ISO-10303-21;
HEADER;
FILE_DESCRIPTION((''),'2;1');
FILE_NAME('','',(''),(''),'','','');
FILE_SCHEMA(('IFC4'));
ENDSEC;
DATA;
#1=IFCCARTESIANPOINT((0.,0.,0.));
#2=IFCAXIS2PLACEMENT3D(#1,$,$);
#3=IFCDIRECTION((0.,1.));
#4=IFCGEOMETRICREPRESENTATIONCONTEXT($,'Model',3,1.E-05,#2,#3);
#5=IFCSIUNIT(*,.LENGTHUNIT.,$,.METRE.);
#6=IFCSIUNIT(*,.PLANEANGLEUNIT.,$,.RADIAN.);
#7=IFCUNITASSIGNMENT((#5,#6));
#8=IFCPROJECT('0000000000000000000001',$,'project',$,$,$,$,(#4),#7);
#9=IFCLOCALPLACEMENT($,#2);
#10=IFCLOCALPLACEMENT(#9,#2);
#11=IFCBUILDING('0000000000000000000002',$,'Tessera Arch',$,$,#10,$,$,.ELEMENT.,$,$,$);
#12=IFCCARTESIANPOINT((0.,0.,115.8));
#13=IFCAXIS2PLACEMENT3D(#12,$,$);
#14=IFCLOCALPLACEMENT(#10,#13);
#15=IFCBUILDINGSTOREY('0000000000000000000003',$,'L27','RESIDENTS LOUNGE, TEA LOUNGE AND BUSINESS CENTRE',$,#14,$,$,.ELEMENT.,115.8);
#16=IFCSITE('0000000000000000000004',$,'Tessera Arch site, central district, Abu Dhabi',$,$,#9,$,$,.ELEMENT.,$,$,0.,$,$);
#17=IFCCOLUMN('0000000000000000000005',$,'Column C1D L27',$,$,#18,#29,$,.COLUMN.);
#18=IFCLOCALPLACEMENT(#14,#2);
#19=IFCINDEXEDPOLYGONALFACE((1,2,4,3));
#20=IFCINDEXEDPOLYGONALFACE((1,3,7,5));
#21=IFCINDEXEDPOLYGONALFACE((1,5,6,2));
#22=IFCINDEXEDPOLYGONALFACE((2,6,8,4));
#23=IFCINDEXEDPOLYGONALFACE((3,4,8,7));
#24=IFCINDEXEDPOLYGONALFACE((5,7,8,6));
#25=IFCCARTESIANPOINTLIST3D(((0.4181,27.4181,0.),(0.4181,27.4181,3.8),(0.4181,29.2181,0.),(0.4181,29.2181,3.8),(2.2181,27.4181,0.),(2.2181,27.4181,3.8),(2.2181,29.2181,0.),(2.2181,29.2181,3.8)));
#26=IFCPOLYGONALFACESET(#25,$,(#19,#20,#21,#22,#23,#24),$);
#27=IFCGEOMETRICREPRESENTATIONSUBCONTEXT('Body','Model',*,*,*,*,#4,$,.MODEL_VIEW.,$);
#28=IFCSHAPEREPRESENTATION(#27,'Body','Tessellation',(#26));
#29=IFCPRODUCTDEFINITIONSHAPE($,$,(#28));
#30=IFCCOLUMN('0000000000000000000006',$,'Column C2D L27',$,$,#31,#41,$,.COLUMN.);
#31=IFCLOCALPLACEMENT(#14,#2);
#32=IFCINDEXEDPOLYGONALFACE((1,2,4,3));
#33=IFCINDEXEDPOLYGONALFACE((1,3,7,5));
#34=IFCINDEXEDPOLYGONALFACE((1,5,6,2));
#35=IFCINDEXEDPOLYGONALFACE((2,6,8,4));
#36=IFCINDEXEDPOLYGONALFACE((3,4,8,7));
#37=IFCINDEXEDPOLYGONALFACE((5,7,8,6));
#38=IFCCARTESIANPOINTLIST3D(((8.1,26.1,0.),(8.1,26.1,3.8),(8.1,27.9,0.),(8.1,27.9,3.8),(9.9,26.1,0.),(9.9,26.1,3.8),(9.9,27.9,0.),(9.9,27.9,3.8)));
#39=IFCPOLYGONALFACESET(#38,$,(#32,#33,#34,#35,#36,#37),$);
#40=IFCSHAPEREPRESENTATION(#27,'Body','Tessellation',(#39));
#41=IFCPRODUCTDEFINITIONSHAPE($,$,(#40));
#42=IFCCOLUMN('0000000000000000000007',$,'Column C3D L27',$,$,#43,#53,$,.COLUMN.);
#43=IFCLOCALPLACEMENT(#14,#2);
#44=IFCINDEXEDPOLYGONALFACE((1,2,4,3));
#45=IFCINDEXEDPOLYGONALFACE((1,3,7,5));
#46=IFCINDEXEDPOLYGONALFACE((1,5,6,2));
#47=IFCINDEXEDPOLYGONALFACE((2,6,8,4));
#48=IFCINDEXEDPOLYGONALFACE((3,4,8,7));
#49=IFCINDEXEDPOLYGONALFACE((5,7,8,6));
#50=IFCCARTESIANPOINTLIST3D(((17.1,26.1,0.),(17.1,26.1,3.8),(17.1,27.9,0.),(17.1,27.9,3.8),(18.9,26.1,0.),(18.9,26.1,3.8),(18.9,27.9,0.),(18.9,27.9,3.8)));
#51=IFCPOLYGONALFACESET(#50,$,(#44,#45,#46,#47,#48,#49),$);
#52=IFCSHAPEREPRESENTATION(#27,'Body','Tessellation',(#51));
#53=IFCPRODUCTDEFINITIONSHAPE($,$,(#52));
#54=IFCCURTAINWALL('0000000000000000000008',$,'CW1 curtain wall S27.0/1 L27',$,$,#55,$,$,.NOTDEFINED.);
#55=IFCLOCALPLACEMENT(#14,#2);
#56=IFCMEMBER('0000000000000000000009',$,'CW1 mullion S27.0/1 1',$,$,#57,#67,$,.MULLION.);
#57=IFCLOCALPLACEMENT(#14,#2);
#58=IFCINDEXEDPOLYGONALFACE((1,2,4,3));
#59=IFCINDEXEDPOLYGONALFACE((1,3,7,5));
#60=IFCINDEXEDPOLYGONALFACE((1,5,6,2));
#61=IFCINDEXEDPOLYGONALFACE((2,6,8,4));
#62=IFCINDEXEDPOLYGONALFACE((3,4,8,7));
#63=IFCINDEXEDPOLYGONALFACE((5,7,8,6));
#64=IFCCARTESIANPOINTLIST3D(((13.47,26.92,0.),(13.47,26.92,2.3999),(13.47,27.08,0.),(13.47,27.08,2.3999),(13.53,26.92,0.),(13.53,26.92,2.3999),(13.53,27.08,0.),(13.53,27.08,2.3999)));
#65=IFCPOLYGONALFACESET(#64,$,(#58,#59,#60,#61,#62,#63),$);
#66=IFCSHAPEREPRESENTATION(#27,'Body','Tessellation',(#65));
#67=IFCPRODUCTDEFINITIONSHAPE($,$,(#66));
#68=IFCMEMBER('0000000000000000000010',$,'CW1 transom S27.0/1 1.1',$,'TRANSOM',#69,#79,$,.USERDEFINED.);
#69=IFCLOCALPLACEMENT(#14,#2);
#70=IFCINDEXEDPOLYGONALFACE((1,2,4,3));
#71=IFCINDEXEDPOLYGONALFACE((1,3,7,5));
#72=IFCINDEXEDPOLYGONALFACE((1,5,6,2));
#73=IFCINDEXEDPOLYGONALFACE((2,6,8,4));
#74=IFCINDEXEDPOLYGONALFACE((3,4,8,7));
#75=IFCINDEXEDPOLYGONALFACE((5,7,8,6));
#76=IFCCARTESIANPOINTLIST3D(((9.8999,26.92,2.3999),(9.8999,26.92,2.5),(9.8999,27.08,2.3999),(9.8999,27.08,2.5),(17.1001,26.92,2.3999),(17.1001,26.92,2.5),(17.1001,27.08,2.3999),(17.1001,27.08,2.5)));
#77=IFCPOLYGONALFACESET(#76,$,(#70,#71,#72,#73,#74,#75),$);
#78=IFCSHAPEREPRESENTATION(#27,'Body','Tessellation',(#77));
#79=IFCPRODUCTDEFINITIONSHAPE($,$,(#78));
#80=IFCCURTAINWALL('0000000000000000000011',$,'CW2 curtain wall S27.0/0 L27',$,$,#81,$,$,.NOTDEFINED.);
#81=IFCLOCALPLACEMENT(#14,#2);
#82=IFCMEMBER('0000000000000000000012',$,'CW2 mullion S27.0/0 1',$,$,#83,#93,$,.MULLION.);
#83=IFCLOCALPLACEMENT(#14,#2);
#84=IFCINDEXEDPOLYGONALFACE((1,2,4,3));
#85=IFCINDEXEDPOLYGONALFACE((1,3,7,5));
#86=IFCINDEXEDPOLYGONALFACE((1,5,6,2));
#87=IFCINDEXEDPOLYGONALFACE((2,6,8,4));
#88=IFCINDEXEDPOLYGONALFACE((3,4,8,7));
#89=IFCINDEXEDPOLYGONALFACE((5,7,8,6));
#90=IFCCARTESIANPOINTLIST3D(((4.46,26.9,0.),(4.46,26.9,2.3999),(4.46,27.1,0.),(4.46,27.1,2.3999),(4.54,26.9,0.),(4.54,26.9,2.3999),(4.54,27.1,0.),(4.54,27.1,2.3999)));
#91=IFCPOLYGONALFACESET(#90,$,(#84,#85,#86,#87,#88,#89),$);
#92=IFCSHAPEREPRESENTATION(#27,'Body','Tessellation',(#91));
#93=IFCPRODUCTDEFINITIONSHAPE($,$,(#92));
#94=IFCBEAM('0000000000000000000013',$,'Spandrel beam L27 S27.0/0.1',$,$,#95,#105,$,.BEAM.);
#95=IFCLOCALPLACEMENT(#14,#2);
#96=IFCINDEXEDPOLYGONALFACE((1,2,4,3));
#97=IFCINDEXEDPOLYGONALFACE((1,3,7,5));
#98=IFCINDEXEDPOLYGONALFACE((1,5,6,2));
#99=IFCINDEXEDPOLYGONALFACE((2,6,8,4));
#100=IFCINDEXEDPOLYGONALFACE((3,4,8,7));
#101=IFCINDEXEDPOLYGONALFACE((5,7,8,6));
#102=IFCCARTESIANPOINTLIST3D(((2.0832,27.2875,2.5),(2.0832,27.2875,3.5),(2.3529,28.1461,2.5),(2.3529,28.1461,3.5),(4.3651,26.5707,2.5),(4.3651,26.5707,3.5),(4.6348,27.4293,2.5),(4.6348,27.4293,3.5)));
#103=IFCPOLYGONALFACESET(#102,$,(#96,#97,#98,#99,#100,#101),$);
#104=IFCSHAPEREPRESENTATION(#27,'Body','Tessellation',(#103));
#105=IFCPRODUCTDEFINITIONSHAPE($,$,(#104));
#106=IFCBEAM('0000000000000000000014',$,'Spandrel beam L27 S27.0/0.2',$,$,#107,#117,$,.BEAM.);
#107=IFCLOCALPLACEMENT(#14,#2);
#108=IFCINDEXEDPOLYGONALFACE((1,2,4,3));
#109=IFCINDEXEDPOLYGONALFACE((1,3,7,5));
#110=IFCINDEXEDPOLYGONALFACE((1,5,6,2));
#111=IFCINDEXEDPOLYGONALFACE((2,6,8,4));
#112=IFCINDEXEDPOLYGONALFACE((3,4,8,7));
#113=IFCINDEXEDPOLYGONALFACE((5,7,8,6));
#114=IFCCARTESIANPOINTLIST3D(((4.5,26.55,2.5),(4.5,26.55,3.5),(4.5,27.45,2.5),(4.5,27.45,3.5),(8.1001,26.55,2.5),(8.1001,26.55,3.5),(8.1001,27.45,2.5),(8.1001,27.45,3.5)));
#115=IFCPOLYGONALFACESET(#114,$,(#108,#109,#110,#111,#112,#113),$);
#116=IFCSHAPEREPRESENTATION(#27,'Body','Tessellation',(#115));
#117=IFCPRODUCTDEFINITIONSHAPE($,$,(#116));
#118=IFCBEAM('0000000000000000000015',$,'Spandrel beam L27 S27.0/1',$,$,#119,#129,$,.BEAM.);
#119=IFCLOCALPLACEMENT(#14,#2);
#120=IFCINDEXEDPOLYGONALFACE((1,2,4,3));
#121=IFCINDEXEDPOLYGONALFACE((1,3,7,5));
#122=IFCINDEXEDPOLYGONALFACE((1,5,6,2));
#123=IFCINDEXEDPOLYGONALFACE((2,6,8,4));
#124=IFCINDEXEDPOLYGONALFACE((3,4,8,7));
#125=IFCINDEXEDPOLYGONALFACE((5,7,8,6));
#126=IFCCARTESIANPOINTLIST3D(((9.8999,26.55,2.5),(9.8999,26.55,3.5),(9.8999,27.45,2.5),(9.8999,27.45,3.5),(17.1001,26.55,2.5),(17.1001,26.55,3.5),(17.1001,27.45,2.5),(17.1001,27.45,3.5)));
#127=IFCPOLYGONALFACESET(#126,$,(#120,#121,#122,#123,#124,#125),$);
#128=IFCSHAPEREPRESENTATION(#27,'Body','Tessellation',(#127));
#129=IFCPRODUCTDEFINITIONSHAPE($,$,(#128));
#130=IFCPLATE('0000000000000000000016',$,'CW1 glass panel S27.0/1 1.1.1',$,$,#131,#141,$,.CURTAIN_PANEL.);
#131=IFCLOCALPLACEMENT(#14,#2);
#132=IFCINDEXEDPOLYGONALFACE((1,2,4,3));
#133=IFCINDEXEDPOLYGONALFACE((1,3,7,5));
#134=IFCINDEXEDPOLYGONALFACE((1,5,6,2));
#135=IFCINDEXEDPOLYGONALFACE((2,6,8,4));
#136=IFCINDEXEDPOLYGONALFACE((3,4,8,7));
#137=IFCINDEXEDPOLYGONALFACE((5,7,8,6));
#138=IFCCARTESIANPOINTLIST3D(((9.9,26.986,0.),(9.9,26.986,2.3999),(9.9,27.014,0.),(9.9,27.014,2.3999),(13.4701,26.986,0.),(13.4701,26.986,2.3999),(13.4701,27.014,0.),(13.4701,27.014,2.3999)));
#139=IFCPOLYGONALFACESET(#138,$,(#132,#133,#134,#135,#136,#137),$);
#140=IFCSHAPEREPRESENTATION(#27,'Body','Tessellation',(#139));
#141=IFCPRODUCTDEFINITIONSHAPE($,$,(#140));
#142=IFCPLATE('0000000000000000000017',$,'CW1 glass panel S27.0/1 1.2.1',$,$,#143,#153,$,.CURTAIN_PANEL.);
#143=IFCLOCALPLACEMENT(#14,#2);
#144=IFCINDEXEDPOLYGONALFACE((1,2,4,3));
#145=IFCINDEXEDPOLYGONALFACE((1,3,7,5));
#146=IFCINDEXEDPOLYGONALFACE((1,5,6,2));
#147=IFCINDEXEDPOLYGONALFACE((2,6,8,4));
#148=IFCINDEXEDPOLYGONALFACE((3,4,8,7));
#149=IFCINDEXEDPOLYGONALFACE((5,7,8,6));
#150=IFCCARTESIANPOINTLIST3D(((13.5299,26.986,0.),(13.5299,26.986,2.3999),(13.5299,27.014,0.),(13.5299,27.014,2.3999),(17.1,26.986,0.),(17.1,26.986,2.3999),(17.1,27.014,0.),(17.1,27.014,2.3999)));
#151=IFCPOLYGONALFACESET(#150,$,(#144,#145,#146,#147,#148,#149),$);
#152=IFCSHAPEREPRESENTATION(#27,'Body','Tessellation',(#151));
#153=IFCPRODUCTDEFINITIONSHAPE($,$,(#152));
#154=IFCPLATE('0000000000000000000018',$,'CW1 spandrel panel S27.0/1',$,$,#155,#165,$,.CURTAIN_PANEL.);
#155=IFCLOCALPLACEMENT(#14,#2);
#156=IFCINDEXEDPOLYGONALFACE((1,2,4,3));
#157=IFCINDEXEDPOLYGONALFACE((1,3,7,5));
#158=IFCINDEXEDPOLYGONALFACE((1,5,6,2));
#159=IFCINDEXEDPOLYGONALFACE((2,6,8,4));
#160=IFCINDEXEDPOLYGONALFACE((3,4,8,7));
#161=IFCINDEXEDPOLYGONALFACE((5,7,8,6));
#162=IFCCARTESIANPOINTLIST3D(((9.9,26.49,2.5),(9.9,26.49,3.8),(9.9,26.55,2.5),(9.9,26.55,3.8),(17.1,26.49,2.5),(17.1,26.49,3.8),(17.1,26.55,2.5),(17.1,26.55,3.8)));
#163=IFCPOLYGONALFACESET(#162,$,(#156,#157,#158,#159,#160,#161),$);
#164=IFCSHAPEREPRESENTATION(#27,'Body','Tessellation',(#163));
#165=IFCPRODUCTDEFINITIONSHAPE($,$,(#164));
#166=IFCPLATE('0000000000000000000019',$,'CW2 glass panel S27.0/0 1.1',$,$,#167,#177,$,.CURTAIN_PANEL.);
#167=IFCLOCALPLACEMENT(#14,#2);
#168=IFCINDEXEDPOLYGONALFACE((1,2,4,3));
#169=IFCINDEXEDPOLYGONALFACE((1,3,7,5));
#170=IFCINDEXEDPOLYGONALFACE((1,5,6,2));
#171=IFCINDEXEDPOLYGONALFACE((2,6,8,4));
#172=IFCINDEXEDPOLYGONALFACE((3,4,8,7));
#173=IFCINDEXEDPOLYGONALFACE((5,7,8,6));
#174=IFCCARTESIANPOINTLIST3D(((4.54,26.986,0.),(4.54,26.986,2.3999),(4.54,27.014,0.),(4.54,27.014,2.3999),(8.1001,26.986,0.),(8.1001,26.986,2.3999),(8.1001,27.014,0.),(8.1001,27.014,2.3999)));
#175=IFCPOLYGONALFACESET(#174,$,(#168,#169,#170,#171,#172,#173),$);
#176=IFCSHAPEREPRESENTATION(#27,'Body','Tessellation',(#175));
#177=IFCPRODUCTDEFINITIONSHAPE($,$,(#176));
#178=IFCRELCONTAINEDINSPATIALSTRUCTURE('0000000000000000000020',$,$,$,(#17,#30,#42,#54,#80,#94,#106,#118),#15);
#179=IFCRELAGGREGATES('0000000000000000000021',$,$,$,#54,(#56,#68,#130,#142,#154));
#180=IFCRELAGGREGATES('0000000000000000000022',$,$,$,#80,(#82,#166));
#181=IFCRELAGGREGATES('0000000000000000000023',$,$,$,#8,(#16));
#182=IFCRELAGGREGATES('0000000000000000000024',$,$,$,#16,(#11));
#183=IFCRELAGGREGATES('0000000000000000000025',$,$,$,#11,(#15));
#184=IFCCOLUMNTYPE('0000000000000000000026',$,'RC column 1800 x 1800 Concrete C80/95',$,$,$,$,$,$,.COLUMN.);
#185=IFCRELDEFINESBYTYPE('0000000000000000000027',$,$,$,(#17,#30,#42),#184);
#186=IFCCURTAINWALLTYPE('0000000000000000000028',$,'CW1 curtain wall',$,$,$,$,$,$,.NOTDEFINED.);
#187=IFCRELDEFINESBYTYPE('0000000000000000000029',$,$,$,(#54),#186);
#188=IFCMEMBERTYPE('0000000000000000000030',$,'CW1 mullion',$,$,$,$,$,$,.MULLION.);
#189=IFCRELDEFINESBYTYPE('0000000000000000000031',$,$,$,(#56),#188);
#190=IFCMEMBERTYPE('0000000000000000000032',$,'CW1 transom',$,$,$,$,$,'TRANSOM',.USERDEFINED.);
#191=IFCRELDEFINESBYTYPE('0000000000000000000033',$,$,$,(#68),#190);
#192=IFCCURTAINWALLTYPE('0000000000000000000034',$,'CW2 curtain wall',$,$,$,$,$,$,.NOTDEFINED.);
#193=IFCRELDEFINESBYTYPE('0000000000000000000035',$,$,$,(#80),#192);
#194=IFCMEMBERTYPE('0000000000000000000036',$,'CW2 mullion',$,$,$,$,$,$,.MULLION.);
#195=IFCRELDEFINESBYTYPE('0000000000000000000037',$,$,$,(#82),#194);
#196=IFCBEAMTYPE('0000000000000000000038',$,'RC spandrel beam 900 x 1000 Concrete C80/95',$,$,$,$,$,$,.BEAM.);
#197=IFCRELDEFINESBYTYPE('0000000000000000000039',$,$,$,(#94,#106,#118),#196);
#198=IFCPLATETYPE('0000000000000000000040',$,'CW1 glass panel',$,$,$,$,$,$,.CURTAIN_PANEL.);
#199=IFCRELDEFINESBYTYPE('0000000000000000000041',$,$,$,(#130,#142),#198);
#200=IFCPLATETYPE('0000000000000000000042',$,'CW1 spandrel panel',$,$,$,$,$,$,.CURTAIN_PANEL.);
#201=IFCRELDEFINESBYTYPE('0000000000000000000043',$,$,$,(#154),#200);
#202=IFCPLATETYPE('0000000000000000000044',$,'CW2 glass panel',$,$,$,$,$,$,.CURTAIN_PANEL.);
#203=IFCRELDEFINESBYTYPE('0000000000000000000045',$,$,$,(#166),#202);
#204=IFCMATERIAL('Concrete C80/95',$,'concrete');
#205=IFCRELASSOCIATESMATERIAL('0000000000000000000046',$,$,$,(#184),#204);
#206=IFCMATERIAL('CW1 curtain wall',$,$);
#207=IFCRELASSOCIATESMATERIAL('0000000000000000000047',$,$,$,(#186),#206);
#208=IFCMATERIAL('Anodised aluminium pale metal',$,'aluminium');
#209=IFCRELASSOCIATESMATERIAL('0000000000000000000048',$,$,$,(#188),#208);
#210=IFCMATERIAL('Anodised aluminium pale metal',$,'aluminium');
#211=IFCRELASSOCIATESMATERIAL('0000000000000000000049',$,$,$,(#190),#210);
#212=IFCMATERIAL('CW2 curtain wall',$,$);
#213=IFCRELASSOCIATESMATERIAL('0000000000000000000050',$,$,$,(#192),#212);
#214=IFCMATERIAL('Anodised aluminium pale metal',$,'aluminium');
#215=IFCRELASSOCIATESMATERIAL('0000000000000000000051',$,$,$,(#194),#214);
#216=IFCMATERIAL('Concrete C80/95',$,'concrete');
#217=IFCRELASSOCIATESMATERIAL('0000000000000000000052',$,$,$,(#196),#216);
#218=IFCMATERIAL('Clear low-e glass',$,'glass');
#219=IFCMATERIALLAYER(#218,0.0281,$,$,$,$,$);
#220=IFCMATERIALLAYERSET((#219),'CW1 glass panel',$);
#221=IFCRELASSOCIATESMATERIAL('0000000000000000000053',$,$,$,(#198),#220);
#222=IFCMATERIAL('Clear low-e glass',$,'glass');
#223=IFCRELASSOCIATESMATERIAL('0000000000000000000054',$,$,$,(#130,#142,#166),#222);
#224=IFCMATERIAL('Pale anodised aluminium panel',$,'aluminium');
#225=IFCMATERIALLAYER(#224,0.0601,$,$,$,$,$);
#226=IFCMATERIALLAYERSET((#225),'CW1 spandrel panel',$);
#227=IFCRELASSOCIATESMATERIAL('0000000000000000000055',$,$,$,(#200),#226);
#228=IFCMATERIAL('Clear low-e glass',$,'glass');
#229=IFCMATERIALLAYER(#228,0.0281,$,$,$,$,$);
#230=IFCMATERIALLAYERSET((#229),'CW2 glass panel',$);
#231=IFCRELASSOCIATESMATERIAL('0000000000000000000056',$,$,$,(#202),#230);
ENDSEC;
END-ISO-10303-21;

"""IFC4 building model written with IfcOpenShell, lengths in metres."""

from ifc_helpers import new_model, si_unit, direction, frame, origin, origin_2d, place, context, subcontext, project, spatial, rectangle, extrude, material, layer, layer_set, material_profile, profile_set, type_object, element, aggregate, save


model = new_model("IFC4")

# Units and contexts
model_context = context("Model", 3, precision=1e-05, world=origin(), true_north=direction((0.0, 1.0)))
body_context = subcontext(model_context, "Body", "Model", "MODEL_VIEW")
ifc_project = project(units=[si_unit("LENGTHUNIT", "METRE"), si_unit("PLANEANGLEUNIT", "RADIAN")], contexts=[model_context])

# Site, building, storey
site_placement = place(None, origin())
site = spatial("IfcSite", under=ifc_project, at=site_placement, Name="Tessera Arch site, central district, Abu Dhabi", CompositionType="ELEMENT", RefElevation=0.0)
building_placement = place(site_placement, origin())
building = spatial("IfcBuilding", under=site, at=building_placement, Name="Tessera Arch", CompositionType="ELEMENT")
storey_placement = place(building_placement, frame((0.0, 0.0, 115.8)))
storey = spatial("IfcBuildingStorey", under=building, at=storey_placement, Name="L27", Description="RESIDENTS LOUNGE, TEA LOUNGE AND BUSINESS CENTRE", CompositionType="ELEMENT", Elevation=115.8)

# Columns
ifc_material_1 = material(Name="Concrete C80/95", Category="concrete")
ifc_material_profile_1 = material_profile(ifc_material_1, rectangle(XDim=1.8, YDim=1.8, at=origin_2d()), Name="RC column 1800 x 1800 Concrete C80/95")
ifc_profile_set_1 = profile_set([ifc_material_profile_1], Name="Concrete C80/95")
column_type = type_object("IfcColumnType", Name="RC column 1800 x 1800 Concrete C80/95", PredefinedType="COLUMN", material=ifc_profile_set_1)
for number, where, z_axis, x_axis, name in (
    (1, (1.3181, 28.3181, 0.0), (0.0, 0.0, 1.0), (1.0, 0.0, 0.0), "Column C1D L27"),
    (2, (9.0, 27.0, 0.0), (0.0, 0.0, 1.0), (1.0, 0.0, 0.0), "Column C2D L27"),
    (3, (18.0, 27.0, 0.0), (0.0, 0.0, 1.0), (1.0, 0.0, 0.0), "Column C3D L27"),
):
    element("IfcColumn", number, at=place(storey_placement, frame(where, z_axis=z_axis, x_axis=x_axis)), inside=storey, type_object=column_type, Name=name, PredefinedType="COLUMN", context=body_context, shape_type="SweptSolid", body=[
        extrude(rectangle(XDim=1.8, YDim=1.8, at=origin_2d()), origin(), (0.0, 0.0, 1.0), 3.8),
    ])

# Curtain wall, members
ifc_material_2 = material(Name="CW1 curtain wall")
curtain_wall_type_1 = type_object("IfcCurtainWallType", Name="CW1 curtain wall", PredefinedType="NOTDEFINED", material=ifc_material_2)
curtain_wall_1_placement = place(storey_placement, origin())
curtain_wall_1 = element("IfcCurtainWall", 4, at=curtain_wall_1_placement, inside=storey, type_object=curtain_wall_type_1, Name="CW1 curtain wall S27.0/1 L27", PredefinedType="NOTDEFINED")
ifc_material_3 = material(Name="Anodised aluminium pale metal", Category="aluminium")
ifc_material_profile_2 = material_profile(ifc_material_3, rectangle(XDim=0.1599, YDim=0.0601, at=origin_2d()), Name="AL 60x160")
ifc_profile_set_2 = profile_set([ifc_material_profile_2], Name="Anodised aluminium pale metal")
member_type_1 = type_object("IfcMemberType", Name="CW1 mullion", PredefinedType="MULLION", material=ifc_profile_set_2)
member_1_placement = place(storey_placement, frame((13.5, 27.0, 0.0), z_axis=(0.0, 0.0, 1.0), x_axis=(0.0, 1.0, 0.0)))
member_1 = element("IfcMember", 5, at=member_1_placement, type_object=member_type_1, Name="CW1 mullion S27.0/1 1", PredefinedType="MULLION", context=body_context, shape_type="SweptSolid", body=[
    extrude(rectangle(XDim=0.1599, YDim=0.0601, at=origin_2d()), origin(), (0.0, 0.0, 1.0), 2.3999),
])
ifc_material_4 = material(Name="Anodised aluminium pale metal", Category="aluminium")
ifc_material_profile_3 = material_profile(ifc_material_4, rectangle(XDim=0.1599, YDim=0.1001, at=origin_2d()), Name="AL 160x100")
ifc_profile_set_3 = profile_set([ifc_material_profile_3], Name="Anodised aluminium pale metal")
member_type_2 = type_object("IfcMemberType", Name="CW1 transom", ElementType="TRANSOM", PredefinedType="USERDEFINED", material=ifc_profile_set_3)
member_2_placement = place(storey_placement, frame((9.8999, 27.0, 2.45), z_axis=(1.0, 0.0, 0.0), x_axis=(0.0, 1.0, 0.0)))
member_2 = element("IfcMember", 6, at=member_2_placement, type_object=member_type_2, Name="CW1 transom S27.0/1 1.1", ObjectType="TRANSOM", PredefinedType="USERDEFINED", context=body_context, shape_type="SweptSolid", body=[
    extrude(rectangle(XDim=0.1599, YDim=0.1001, at=origin_2d()), origin(), (0.0, 0.0, 1.0), 7.2002),
])

# Curtain wall, member
ifc_material_5 = material(Name="CW2 curtain wall")
curtain_wall_type_2 = type_object("IfcCurtainWallType", Name="CW2 curtain wall", PredefinedType="NOTDEFINED", material=ifc_material_5)
curtain_wall_2_placement = place(storey_placement, origin())
curtain_wall_2 = element("IfcCurtainWall", 7, at=curtain_wall_2_placement, inside=storey, type_object=curtain_wall_type_2, Name="CW2 curtain wall S27.0/0 L27", PredefinedType="NOTDEFINED")
ifc_material_6 = material(Name="Anodised aluminium pale metal", Category="aluminium")
ifc_material_profile_4 = material_profile(ifc_material_6, rectangle(XDim=0.2, YDim=0.0801, at=origin_2d()), Name="AL 80x200")
ifc_profile_set_4 = profile_set([ifc_material_profile_4], Name="Anodised aluminium pale metal")
member_type_3 = type_object("IfcMemberType", Name="CW2 mullion", PredefinedType="MULLION", material=ifc_profile_set_4)
member_3_placement = place(storey_placement, frame((4.5, 27.0, 0.0), z_axis=(0.0, 0.0, 1.0), x_axis=(0.0, 1.0, 0.0)))
member_3 = element("IfcMember", 8, at=member_3_placement, type_object=member_type_3, Name="CW2 mullion S27.0/0 1", PredefinedType="MULLION", context=body_context, shape_type="SweptSolid", body=[
    extrude(rectangle(XDim=0.2, YDim=0.0801, at=origin_2d()), origin(), (0.0, 0.0, 1.0), 2.3999),
])

# Beams
ifc_material_7 = material(Name="Concrete C80/95", Category="concrete")
ifc_material_profile_5 = material_profile(ifc_material_7, rectangle(XDim=0.8999, YDim=1.0, at=origin_2d()), Name="RC spandrel beam 900 x 1000 Concrete C80/95")
ifc_profile_set_5 = profile_set([ifc_material_profile_5], Name="Concrete C80/95")
beam_type = type_object("IfcBeamType", Name="RC spandrel beam 900 x 1000 Concrete C80/95", PredefinedType="BEAM", material=ifc_profile_set_5)
beam_1_placement = place(storey_placement, frame((2.218, 27.7168, 3.0), z_axis=(0.954041, -0.299675, 0.0), x_axis=(0.299675, 0.954041, 0.0)))
element("IfcBeam", 9, at=beam_1_placement, inside=storey, type_object=beam_type, Name="Spandrel beam L27 S27.0/0.1", PredefinedType="BEAM", context=body_context, shape_type="SweptSolid", body=[
    extrude(rectangle(XDim=0.8999, YDim=1.0, at=origin_2d()), origin(), (0.0, 0.0, 1.0), 2.3918),
])
beam_2_placement = place(storey_placement, frame((4.5, 27.0, 3.0), z_axis=(1.0, 0.0, 0.0), x_axis=(0.0, 1.0, 0.0)))
element("IfcBeam", 10, at=beam_2_placement, inside=storey, type_object=beam_type, Name="Spandrel beam L27 S27.0/0.2", PredefinedType="BEAM", context=body_context, shape_type="SweptSolid", body=[
    extrude(rectangle(XDim=0.8999, YDim=1.0, at=origin_2d()), origin(), (0.0, 0.0, 1.0), 3.6001),
])
beam_3_placement = place(storey_placement, frame((9.8999, 27.0, 3.0), z_axis=(1.0, 0.0, 0.0), x_axis=(0.0, 1.0, 0.0)))
element("IfcBeam", 11, at=beam_3_placement, inside=storey, type_object=beam_type, Name="Spandrel beam L27 S27.0/1", PredefinedType="BEAM", context=body_context, shape_type="SweptSolid", body=[
    extrude(rectangle(XDim=0.8999, YDim=1.0, at=origin_2d()), origin(), (0.0, 0.0, 1.0), 7.2002),
])

# Plates
ifc_material_8 = material(Name="Clear low-e glass", Category="glass")
ifc_material_9 = material(Name="Clear low-e glass", Category="glass")
ifc_layer_1 = layer(ifc_material_9, 0.0281)
ifc_layer_set_1 = layer_set([ifc_layer_1], Name="CW1 glass panel")
plate_type_1 = type_object("IfcPlateType", Name="CW1 glass panel", PredefinedType="CURTAIN_PANEL", material=ifc_layer_set_1)
plate_1_placement = place(storey_placement, frame((11.6851, 27.0, 0.0), z_axis=(0.0, 0.0, 1.0), x_axis=(1.0, 0.0, 0.0)))
plate_1 = element("IfcPlate", 12, at=plate_1_placement, type_object=plate_type_1, material=ifc_material_8, Name="CW1 glass panel S27.0/1 1.1.1", PredefinedType="CURTAIN_PANEL", context=body_context, shape_type="SweptSolid", body=[
    extrude(rectangle(XDim=3.5701, YDim=0.0281, at=origin_2d()), origin(), (0.0, 0.0, 1.0), 2.3999),
])
plate_2_placement = place(storey_placement, frame((15.3149, 27.0, 0.0), z_axis=(0.0, 0.0, 1.0), x_axis=(1.0, 0.0, 0.0)))
plate_2 = element("IfcPlate", 13, at=plate_2_placement, type_object=plate_type_1, material=ifc_material_8, Name="CW1 glass panel S27.0/1 1.2.1", PredefinedType="CURTAIN_PANEL", context=body_context, shape_type="SweptSolid", body=[
    extrude(rectangle(XDim=3.5701, YDim=0.0281, at=origin_2d()), origin(), (0.0, 0.0, 1.0), 2.3999),
])
ifc_material_10 = material(Name="Pale anodised aluminium panel", Category="aluminium")
ifc_layer_2 = layer(ifc_material_10, 0.0601)
ifc_layer_set_2 = layer_set([ifc_layer_2], Name="CW1 spandrel panel")
plate_type_2 = type_object("IfcPlateType", Name="CW1 spandrel panel", PredefinedType="CURTAIN_PANEL", material=ifc_layer_set_2)
plate_3_placement = place(storey_placement, frame((13.5, 26.52, 2.5), z_axis=(0.0, 0.0, 1.0), x_axis=(1.0, 0.0, 0.0)))
plate_3 = element("IfcPlate", 14, at=plate_3_placement, type_object=plate_type_2, Name="CW1 spandrel panel S27.0/1", PredefinedType="CURTAIN_PANEL", context=body_context, shape_type="SweptSolid", body=[
    extrude(rectangle(XDim=7.2, YDim=0.0601, at=origin_2d()), origin(), (0.0, 0.0, 1.0), 1.3),
])
aggregate(curtain_wall_1, [member_1, member_2, plate_1, plate_2, plate_3])
ifc_material_11 = material(Name="Clear low-e glass", Category="glass")
ifc_layer_3 = layer(ifc_material_11, 0.0281)
ifc_layer_set_3 = layer_set([ifc_layer_3], Name="CW2 glass panel")
plate_type_3 = type_object("IfcPlateType", Name="CW2 glass panel", PredefinedType="CURTAIN_PANEL", material=ifc_layer_set_3)
plate_4_placement = place(storey_placement, frame((6.3201, 27.0, 0.0), z_axis=(0.0, 0.0, 1.0), x_axis=(1.0, 0.0, 0.0)))
plate_4 = element("IfcPlate", 15, at=plate_4_placement, type_object=plate_type_3, material=ifc_material_8, Name="CW2 glass panel S27.0/0 1.1", PredefinedType="CURTAIN_PANEL", context=body_context, shape_type="SweptSolid", body=[
    extrude(rectangle(XDim=3.5601, YDim=0.0281, at=origin_2d()), origin(), (0.0, 0.0, 1.0), 2.3999),
])
aggregate(curtain_wall_2, [member_3, plate_4])

save(model, "model.ifc")
